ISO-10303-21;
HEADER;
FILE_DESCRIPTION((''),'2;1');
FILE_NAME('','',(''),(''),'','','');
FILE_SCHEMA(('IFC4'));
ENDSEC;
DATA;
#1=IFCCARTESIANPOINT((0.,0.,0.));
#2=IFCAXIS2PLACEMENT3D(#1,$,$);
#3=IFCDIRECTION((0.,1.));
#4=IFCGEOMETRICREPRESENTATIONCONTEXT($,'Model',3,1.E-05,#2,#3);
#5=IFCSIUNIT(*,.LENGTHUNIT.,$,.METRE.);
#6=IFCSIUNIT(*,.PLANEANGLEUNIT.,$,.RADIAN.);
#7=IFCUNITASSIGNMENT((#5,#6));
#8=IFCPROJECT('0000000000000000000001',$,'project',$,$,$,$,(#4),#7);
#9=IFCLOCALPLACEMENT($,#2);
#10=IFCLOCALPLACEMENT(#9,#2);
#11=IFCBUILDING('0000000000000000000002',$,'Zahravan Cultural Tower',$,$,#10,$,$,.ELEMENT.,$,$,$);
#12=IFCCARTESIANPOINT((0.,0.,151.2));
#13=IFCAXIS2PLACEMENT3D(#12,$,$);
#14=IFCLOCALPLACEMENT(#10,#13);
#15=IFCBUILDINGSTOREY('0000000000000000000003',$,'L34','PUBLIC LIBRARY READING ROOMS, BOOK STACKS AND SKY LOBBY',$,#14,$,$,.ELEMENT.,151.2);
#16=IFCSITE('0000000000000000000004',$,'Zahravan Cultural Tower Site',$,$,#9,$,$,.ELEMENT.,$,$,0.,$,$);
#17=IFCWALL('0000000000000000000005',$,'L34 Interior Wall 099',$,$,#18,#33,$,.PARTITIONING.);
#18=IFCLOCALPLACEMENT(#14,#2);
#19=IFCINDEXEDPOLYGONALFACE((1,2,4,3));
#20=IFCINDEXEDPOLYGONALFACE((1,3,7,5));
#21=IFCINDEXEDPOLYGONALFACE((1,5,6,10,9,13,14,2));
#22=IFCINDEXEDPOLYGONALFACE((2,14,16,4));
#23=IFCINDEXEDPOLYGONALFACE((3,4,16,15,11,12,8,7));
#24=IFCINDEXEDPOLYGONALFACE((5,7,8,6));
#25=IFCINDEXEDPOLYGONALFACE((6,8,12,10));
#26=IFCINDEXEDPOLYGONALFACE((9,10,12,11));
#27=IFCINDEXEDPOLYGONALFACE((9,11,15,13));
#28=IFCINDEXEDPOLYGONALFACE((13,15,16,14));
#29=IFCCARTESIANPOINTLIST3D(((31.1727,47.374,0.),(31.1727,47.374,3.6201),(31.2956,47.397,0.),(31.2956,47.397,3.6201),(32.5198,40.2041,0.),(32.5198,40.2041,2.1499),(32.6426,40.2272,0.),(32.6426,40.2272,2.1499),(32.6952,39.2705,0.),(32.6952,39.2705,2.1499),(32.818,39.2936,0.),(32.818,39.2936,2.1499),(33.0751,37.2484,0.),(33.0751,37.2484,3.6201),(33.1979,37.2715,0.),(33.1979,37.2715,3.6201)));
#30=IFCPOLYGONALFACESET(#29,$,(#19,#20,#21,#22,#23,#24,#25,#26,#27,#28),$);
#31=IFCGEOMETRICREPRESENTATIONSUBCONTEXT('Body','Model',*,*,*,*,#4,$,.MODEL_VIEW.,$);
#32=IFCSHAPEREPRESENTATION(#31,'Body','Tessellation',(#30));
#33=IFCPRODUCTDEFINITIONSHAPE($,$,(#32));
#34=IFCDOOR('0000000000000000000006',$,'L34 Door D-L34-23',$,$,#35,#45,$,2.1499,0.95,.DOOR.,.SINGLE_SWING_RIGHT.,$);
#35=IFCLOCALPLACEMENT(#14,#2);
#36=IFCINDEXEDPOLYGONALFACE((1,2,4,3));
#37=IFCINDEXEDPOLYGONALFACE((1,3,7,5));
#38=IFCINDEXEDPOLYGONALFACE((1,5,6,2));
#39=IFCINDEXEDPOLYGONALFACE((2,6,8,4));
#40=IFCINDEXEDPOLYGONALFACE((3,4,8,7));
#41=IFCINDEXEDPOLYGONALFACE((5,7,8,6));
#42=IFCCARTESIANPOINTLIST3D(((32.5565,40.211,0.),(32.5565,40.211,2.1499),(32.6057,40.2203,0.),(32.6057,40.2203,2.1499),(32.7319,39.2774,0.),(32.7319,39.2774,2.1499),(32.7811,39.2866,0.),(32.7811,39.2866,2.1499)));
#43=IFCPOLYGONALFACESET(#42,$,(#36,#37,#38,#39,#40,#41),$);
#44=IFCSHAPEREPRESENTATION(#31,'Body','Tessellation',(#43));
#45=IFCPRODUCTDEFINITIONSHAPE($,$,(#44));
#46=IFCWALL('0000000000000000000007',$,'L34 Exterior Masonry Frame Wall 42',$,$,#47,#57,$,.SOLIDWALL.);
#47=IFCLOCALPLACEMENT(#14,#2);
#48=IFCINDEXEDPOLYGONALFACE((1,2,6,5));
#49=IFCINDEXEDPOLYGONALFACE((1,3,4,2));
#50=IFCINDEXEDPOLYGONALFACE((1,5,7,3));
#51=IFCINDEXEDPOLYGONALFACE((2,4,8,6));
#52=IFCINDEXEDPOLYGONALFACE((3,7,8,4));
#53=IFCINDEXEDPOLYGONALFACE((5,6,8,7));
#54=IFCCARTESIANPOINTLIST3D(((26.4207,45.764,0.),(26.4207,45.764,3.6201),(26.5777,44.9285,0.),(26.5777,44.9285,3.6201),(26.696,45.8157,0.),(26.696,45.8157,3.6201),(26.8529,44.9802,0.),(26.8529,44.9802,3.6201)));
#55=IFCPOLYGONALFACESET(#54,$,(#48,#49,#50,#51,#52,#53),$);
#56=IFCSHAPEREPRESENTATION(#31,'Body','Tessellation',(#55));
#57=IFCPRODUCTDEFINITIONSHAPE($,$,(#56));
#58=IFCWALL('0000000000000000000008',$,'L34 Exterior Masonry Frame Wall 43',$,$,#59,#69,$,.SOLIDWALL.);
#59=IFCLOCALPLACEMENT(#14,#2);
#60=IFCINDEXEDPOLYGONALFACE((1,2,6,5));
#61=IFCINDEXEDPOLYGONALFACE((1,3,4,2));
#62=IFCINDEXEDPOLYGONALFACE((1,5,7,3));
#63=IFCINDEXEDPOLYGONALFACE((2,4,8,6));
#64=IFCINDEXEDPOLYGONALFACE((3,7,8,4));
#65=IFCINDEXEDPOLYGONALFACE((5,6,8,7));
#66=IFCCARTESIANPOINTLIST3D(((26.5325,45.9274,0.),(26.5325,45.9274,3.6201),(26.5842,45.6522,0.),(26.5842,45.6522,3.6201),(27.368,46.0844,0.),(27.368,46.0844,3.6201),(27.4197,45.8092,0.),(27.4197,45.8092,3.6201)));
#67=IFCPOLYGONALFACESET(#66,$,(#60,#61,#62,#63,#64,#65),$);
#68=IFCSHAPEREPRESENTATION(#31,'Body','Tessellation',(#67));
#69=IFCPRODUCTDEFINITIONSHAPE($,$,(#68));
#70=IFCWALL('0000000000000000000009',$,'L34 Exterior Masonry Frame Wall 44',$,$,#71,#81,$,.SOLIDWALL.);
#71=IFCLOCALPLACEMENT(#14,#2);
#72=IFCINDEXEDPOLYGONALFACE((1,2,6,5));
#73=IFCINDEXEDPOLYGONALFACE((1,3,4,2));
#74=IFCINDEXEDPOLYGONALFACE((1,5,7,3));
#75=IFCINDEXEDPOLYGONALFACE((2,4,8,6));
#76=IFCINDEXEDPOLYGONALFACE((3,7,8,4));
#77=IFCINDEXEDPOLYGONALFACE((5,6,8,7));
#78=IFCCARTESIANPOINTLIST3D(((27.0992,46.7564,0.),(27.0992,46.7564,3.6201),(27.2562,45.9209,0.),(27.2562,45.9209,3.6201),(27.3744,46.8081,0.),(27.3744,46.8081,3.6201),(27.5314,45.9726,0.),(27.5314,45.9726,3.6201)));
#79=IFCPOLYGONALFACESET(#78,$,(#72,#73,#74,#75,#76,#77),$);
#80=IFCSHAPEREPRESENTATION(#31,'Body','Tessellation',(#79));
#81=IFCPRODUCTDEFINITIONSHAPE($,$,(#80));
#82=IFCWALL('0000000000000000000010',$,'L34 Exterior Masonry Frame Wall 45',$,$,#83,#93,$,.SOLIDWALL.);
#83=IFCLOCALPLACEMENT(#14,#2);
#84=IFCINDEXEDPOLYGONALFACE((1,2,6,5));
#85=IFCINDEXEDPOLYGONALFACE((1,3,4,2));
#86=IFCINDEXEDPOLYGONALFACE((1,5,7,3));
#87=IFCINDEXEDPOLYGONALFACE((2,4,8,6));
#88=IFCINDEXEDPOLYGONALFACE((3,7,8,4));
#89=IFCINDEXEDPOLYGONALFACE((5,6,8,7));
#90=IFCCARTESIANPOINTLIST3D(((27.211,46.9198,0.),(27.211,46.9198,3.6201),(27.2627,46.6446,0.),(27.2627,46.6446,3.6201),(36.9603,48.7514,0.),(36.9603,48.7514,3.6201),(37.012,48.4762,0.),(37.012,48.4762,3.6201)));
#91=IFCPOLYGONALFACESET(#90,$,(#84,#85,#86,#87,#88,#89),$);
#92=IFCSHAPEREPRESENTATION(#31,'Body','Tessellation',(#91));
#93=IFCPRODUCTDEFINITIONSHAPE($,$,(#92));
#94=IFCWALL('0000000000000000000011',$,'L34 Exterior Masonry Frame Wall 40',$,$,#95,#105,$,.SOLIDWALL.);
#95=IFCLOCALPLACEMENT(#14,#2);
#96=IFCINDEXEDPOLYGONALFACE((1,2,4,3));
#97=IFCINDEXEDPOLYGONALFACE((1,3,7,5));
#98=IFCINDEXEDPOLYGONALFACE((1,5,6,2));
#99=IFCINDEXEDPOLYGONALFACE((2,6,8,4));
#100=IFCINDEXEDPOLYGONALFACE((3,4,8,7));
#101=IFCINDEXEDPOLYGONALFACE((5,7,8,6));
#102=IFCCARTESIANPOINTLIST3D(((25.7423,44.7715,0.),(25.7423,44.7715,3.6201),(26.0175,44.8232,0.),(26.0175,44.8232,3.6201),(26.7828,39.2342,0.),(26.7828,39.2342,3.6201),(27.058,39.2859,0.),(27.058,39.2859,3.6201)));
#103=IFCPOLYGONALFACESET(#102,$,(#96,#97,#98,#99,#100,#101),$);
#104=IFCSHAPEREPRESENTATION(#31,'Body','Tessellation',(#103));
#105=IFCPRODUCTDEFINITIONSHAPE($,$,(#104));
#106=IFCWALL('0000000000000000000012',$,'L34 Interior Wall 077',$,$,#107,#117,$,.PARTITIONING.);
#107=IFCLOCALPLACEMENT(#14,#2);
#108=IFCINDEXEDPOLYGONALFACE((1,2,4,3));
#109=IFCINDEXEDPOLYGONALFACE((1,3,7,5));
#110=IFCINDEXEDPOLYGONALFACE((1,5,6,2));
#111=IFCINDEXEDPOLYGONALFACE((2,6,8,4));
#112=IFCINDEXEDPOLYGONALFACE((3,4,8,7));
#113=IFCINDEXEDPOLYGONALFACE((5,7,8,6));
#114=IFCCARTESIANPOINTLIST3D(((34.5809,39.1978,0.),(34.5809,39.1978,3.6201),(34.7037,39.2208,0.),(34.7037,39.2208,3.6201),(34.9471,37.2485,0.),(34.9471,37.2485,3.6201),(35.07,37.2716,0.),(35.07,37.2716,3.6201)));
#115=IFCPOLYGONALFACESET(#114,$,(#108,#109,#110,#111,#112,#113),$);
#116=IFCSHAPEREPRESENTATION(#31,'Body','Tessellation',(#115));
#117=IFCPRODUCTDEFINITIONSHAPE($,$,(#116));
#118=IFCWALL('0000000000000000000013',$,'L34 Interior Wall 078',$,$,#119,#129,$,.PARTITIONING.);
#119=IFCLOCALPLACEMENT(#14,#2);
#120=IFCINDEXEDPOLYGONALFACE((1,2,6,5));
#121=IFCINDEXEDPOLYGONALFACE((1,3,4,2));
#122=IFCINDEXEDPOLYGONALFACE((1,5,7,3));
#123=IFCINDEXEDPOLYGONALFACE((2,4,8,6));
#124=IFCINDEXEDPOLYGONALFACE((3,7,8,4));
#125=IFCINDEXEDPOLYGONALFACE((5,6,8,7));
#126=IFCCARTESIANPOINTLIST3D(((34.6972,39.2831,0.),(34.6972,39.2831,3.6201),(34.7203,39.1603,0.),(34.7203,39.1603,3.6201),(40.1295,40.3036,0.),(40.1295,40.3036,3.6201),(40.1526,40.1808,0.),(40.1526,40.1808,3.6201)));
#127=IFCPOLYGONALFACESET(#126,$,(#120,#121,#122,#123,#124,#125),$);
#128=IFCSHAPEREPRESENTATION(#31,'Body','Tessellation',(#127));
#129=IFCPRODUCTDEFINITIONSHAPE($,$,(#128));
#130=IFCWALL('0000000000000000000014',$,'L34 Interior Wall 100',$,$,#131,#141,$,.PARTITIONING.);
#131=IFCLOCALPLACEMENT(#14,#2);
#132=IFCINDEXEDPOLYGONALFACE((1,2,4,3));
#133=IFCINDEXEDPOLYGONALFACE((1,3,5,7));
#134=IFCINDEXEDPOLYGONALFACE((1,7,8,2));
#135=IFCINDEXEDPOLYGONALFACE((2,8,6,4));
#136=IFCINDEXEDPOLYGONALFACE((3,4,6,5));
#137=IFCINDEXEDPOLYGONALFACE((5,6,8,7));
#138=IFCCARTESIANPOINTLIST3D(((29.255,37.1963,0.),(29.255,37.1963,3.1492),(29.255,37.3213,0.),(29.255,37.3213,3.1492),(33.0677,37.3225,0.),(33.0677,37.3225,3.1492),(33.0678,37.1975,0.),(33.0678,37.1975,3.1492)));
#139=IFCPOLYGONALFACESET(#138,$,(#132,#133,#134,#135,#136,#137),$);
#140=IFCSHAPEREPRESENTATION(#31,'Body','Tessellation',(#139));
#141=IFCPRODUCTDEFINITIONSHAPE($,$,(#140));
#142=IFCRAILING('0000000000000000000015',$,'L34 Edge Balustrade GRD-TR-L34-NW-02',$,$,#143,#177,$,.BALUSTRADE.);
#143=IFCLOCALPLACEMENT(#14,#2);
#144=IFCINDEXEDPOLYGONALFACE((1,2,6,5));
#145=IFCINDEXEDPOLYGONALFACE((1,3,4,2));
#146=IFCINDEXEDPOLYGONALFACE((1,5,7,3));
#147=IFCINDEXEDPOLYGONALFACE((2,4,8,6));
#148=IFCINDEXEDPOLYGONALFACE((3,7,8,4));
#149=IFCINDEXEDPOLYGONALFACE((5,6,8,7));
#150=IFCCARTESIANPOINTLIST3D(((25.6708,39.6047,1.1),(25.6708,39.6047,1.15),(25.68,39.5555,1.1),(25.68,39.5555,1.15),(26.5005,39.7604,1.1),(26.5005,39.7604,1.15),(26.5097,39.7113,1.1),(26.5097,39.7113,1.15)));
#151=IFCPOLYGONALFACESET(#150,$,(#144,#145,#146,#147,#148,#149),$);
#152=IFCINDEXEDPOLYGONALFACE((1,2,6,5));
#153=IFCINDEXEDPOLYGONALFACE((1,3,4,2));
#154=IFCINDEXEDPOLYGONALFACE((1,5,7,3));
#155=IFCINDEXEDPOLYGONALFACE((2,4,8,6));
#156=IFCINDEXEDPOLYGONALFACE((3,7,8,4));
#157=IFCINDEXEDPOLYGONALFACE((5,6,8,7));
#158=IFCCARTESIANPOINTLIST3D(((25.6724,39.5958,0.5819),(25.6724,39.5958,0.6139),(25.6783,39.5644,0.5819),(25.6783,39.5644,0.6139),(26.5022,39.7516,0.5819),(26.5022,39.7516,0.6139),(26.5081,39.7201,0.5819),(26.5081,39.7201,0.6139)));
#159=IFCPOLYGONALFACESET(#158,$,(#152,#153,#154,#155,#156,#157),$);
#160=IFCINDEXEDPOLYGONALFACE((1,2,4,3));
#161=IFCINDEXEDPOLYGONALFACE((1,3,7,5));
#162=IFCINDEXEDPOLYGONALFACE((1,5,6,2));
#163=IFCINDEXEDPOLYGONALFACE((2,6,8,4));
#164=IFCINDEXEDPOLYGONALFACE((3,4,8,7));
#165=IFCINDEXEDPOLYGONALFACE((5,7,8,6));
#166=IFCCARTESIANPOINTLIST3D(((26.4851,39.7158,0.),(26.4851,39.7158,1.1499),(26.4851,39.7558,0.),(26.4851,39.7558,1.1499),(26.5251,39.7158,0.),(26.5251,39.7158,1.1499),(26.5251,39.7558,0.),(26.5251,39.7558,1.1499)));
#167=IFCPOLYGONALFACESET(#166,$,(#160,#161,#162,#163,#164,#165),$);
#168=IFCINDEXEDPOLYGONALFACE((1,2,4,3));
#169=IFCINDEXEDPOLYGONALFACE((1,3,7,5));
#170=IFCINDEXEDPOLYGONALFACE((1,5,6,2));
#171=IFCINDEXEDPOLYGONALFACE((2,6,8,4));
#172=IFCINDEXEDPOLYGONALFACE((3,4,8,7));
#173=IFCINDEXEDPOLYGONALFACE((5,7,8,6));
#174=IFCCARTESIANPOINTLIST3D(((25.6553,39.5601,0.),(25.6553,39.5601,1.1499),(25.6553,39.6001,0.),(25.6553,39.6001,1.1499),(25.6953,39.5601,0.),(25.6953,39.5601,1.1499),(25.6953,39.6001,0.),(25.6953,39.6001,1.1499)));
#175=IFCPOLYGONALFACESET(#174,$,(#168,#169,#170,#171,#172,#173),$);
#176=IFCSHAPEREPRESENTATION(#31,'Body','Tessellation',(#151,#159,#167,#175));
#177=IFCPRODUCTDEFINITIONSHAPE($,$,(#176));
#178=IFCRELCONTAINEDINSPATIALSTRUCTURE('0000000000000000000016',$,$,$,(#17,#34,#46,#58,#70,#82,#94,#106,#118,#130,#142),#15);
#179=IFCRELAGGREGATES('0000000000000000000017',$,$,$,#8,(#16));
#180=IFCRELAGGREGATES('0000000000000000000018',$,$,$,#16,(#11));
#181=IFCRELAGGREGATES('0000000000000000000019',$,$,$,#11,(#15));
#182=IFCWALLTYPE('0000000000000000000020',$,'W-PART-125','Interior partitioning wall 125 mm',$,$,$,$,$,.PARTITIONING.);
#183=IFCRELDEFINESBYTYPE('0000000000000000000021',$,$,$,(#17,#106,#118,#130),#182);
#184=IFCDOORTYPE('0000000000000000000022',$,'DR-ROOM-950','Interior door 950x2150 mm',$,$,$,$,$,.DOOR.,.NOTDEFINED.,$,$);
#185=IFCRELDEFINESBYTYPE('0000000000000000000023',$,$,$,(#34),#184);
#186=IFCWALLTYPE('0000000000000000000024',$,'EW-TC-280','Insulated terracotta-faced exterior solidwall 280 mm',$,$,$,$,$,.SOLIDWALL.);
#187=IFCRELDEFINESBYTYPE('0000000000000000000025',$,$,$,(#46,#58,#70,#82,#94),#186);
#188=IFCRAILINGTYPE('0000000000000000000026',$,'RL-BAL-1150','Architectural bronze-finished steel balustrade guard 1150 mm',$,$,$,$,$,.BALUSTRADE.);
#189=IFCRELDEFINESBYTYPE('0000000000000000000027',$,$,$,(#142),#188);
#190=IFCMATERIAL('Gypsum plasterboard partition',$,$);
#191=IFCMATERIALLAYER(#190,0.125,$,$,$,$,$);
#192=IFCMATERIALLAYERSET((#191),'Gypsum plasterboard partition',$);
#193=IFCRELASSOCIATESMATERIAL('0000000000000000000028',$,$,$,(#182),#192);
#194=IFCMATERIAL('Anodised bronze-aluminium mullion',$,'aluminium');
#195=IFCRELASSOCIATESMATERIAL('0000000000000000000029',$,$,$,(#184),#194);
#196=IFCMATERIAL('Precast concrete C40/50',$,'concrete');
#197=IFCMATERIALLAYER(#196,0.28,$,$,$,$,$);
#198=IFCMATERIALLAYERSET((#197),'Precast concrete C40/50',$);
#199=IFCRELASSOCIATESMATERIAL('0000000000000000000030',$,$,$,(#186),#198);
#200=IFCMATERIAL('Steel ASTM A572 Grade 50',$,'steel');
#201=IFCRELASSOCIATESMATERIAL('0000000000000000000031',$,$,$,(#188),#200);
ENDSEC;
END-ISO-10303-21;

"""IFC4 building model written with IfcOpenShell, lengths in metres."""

from ifc_helpers import new_model, si_unit, direction, frame, frame_2d, origin, origin_2d, place, context, subcontext, project, spatial, rectangle, extrude, source, transform, mapped, material, layer, layer_set, type_object, element, fill, save


model = new_model("IFC4")

# Units and contexts
model_context = context("Model", 3, precision=1e-05, world=origin(), true_north=direction((0.0, 1.0)))
body_context = subcontext(model_context, "Body", "Model", "MODEL_VIEW")
ifc_project = project(units=[si_unit("LENGTHUNIT", "METRE"), si_unit("PLANEANGLEUNIT", "RADIAN")], contexts=[model_context])

# Site, building, storey
site_placement = place(None, origin())
site = spatial("IfcSite", under=ifc_project, at=site_placement, Name="Zahravan Cultural Tower Site", CompositionType="ELEMENT", RefElevation=0.0)
building_placement = place(site_placement, origin())
building = spatial("IfcBuilding", under=site, at=building_placement, Name="Zahravan Cultural Tower", CompositionType="ELEMENT")
storey_placement = place(building_placement, frame((0.0, 0.0, 151.2)))
storey = spatial("IfcBuildingStorey", under=building, at=storey_placement, Name="L34", Description="PUBLIC LIBRARY READING ROOMS, BOOK STACKS AND SKY LOBBY", CompositionType="ELEMENT", Elevation=151.2)

# Wall, opening, door
ifc_material_1 = material(Name="Gypsum plasterboard partition")
ifc_layer_1 = layer(ifc_material_1, 0.125)
ifc_layer_set_1 = layer_set([ifc_layer_1], Name="Gypsum plasterboard partition")
wall_type_1 = type_object("IfcWallType", Name="W-PART-125", Description="Interior partitioning wall 125 mm", PredefinedType="PARTITIONING", material=ifc_layer_set_1)
ifc_material_2 = material(Name="Anodised bronze-aluminium mullion", Category="aluminium")
door_type = type_object("IfcDoorType", Name="DR-ROOM-950", Description="Interior door 950x2150 mm", OperationType="NOTDEFINED", PredefinedType="DOOR", material=ifc_material_2)
shared_shape_1 = source(origin(), body_context, "Body", "SweptSolid", [
    extrude(rectangle(XDim=0.95, YDim=2.1499, at=frame_2d((0.4751, 1.075))), frame((0.0, 0.0249, 0.0), z_axis=(0.0, -1.0, 0.0), x_axis=(1.0, 0.0, 0.0)), (0.0, 0.0, 1.0), 0.05),
])
wall_1_placement = place(storey_placement, frame((31.2341, 47.3855, 0.0), z_axis=(0.0, 0.0, 1.0), x_axis=(0.184646, -0.982805, 0.0)))
wall_1 = element("IfcWall", 1, at=wall_1_placement, inside=storey, type_object=wall_type_1, Name="L34 Interior Wall 099", PredefinedType="PARTITIONING", context=body_context, shape_type="SweptSolid", body=[
    extrude(rectangle(XDim=10.3027, YDim=0.125, at=frame_2d((5.1514, 0.0))), origin(), (0.0, 0.0, 1.0), 3.6201),
])
opening_1_placement = place(wall_1_placement, frame((7.2952, 0.0, 0.0)))
opening_1 = element("IfcOpeningElement", 2, at=opening_1_placement, cuts=wall_1, PredefinedType="OPENING", context=body_context, shape_type="SweptSolid", body=[
    extrude(rectangle(XDim=0.95, YDim=2.1499, at=frame_2d((0.4751, 1.075))), frame((0.0, 0.0725, 0.0), z_axis=(0.0, -1.0, 0.0), x_axis=(1.0, 0.0, 0.0)), (0.0, 0.0, 1.0), 0.145),
])
door_1_placement = place(opening_1_placement, origin())
door_1 = element("IfcDoor", 3, at=door_1_placement, inside=storey, type_object=door_type, Name="L34 Door D-L34-23", OperationType="SINGLE_SWING_RIGHT", OverallHeight=2.1499, OverallWidth=0.95, PredefinedType="DOOR", context=body_context, shape_type="MappedRepresentation", body=[
    mapped(shared_shape_1, transform((0.0, 0.0, 0.0), x_axis=(1.0, 0.0, 0.0), y_axis=(0.0, 1.0, 0.0), z_axis=(0.0, 0.0, 1.0), scale=1.0)),
])
fill(opening_1, door_1)

# Walls
ifc_material_3 = material(Name="Precast concrete C40/50", Category="concrete")
ifc_layer_2 = layer(ifc_material_3, 0.28)
ifc_layer_set_2 = layer_set([ifc_layer_2], Name="Precast concrete C40/50")
wall_type_2 = type_object("IfcWallType", Name="EW-TC-280", Description="Insulated terracotta-faced exterior solidwall 280 mm", PredefinedType="SOLIDWALL", material=ifc_layer_set_2)
shared_shape_2 = source(origin(), body_context, "Body", "SweptSolid", [
    extrude(rectangle(XDim=0.8501, YDim=0.28, at=frame_2d((0.425, 0.0))), origin(), (0.0, 0.0, 1.0), 3.6201),
])
for number, where, z_axis, x_axis, name in (
    (4, (26.7153, 44.9543, 0.0), (0.0, 0.0, 1.0), (-0.18467, 0.982801, 0.0), "L34 Exterior Masonry Frame Wall 42"),
    (5, (26.5583, 45.7898, 0.0), (0.0, 0.0, 1.0), (0.982801, 0.18467, 0.0), "L34 Exterior Masonry Frame Wall 43"),
    (6, (27.3938, 45.9468, 0.0), (0.0, 0.0, 1.0), (-0.18467, 0.982801, 0.0), "L34 Exterior Masonry Frame Wall 44"),
):
    element("IfcWall", number, at=place(storey_placement, frame(where, z_axis=z_axis, x_axis=x_axis)), inside=storey, type_object=wall_type_2, Name=name, PredefinedType="SOLIDWALL", context=body_context, shape_type="MappedRepresentation", body=[
        mapped(shared_shape_2, transform((0.0, 0.0, 0.0), x_axis=(1.0, 0.0, 0.0), y_axis=(0.0, 1.0, 0.0), z_axis=(0.0, 0.0, 1.0), scale=1.0)),
    ])
shared_shape_3 = source(origin(), body_context, "Body", "SweptSolid", [
    extrude(rectangle(XDim=9.9199, YDim=0.28, at=frame_2d((4.96, 0.0))), origin(), (0.0, 0.0, 1.0), 3.6201),
])
wall_2_placement = place(storey_placement, frame((27.2368, 46.7822, 0.0), z_axis=(0.0, 0.0, 1.0), x_axis=(0.982807, 0.184635, 0.0)))
element("IfcWall", 7, at=wall_2_placement, inside=storey, type_object=wall_type_2, Name="L34 Exterior Masonry Frame Wall 45", PredefinedType="SOLIDWALL", context=body_context, shape_type="MappedRepresentation", body=[
    mapped(shared_shape_3, transform((0.0, 0.0, 0.0), x_axis=(1.0, 0.0, 0.0), y_axis=(0.0, 1.0, 0.0), z_axis=(0.0, 0.0, 1.0), scale=1.0)),
])
shared_shape_4 = source(origin(), body_context, "Body", "SweptSolid", [
    extrude(rectangle(XDim=5.6343, YDim=0.28, at=frame_2d((2.8171, 0.0))), origin(), (0.0, 0.0, 1.0), 3.6201),
])
wall_3_placement = place(storey_placement, frame((26.9204, 39.26, 0.0), z_axis=(0.0, 0.0, 1.0), x_axis=(-0.184678, 0.982799, 0.0)))
element("IfcWall", 8, at=wall_3_placement, inside=storey, type_object=wall_type_2, Name="L34 Exterior Masonry Frame Wall 40", PredefinedType="SOLIDWALL", context=body_context, shape_type="MappedRepresentation", body=[
    mapped(shared_shape_4, transform((0.0, 0.0, 0.0), x_axis=(1.0, 0.0, 0.0), y_axis=(0.0, 1.0, 0.0), z_axis=(0.0, 0.0, 1.0), scale=1.0)),
])
shared_shape_5 = source(origin(), body_context, "Body", "SweptSolid", [
    extrude(rectangle(XDim=1.9834, YDim=0.125, at=frame_2d((0.9917, 0.0))), origin(), (0.0, 0.0, 1.0), 3.6201),
])
wall_4_placement = place(storey_placement, frame((35.0085, 37.26, 0.0), z_axis=(0.0, 0.0, 1.0), x_axis=(-0.184645, 0.982805, 0.0)))
element("IfcWall", 9, at=wall_4_placement, inside=storey, type_object=wall_type_1, Name="L34 Interior Wall 077", PredefinedType="PARTITIONING", context=body_context, shape_type="MappedRepresentation", body=[
    mapped(shared_shape_5, transform((0.0, 0.0, 0.0), x_axis=(1.0, 0.0, 0.0), y_axis=(0.0, 1.0, 0.0), z_axis=(0.0, 0.0, 1.0), scale=1.0)),
])
shared_shape_6 = source(origin(), body_context, "Body", "SweptSolid", [
    extrude(rectangle(XDim=5.5273, YDim=0.125, at=frame_2d((2.7637, 0.0))), origin(), (0.0, 0.0, 1.0), 3.6201),
])
wall_5_placement = place(storey_placement, frame((34.7087, 39.2217, 0.0), z_axis=(0.0, 0.0, 1.0), x_axis=(0.982809, 0.184627, 0.0)))
element("IfcWall", 10, at=wall_5_placement, inside=storey, type_object=wall_type_1, Name="L34 Interior Wall 078", PredefinedType="PARTITIONING", context=body_context, shape_type="MappedRepresentation", body=[
    mapped(shared_shape_6, transform((0.0, 0.0, 0.0), x_axis=(1.0, 0.0, 0.0), y_axis=(0.0, 1.0, 0.0), z_axis=(0.0, 0.0, 1.0), scale=1.0)),
])
shared_shape_7 = source(origin(), body_context, "Body", "SweptSolid", [
    extrude(rectangle(XDim=3.8127, YDim=0.125, at=frame_2d((1.9062, 0.0))), origin(), (0.0, 0.0, 1.0), 3.1492),
])
wall_6_placement = place(storey_placement, frame((33.0676, 37.26, 0.0), z_axis=(0.0, 0.0, 1.0), x_axis=(-1.0, -0.00032, 0.0)))
element("IfcWall", 11, at=wall_6_placement, inside=storey, type_object=wall_type_1, Name="L34 Interior Wall 100", PredefinedType="PARTITIONING", context=body_context, shape_type="MappedRepresentation", body=[
    mapped(shared_shape_7, transform((0.0, 0.0, 0.0), x_axis=(1.0, 0.0, 0.0), y_axis=(0.0, 1.0, 0.0), z_axis=(0.0, 0.0, 1.0), scale=1.0)),
])

# Railing
ifc_material_4 = material(Name="Steel ASTM A572 Grade 50", Category="steel")
railing_type = type_object("IfcRailingType", Name="RL-BAL-1150", Description="Architectural bronze-finished steel balustrade guard 1150 mm", PredefinedType="BALUSTRADE", material=ifc_material_4)
railing_placement = place(storey_placement, frame((26.5051, 39.7358, 0.0)))
element("IfcRailing", 12, at=railing_placement, inside=storey, type_object=railing_type, Name="L34 Edge Balustrade GRD-TR-L34-NW-02", PredefinedType="BALUSTRADE", context=body_context, shape_type="SweptSolid", body=[
    extrude(rectangle(XDim=0.05, YDim=0.05, at=origin_2d()), frame((0.0, 0.0, 1.125), z_axis=(-0.982836, -0.184481, 0.0), x_axis=(0.184481, -0.982836, 0.0)), (0.0, 0.0, 1.0), 0.8442),
    extrude(rectangle(XDim=0.032, YDim=0.032, at=origin_2d()), frame((0.0, 0.0, 0.5979), z_axis=(-0.982836, -0.184481, 0.0), x_axis=(0.184481, -0.982836, 0.0)), (0.0, 0.0, 1.0), 0.8442),
    extrude(rectangle(XDim=0.04, YDim=0.04, at=origin_2d()), origin(), (0.0, 0.0, 1.0), 1.1499),
    extrude(rectangle(XDim=0.04, YDim=0.04, at=origin_2d()), frame((-0.8298, -0.1558, 0.0)), (0.0, 0.0, 1.0), 1.1499),
])

save(model, "model.ifc")
